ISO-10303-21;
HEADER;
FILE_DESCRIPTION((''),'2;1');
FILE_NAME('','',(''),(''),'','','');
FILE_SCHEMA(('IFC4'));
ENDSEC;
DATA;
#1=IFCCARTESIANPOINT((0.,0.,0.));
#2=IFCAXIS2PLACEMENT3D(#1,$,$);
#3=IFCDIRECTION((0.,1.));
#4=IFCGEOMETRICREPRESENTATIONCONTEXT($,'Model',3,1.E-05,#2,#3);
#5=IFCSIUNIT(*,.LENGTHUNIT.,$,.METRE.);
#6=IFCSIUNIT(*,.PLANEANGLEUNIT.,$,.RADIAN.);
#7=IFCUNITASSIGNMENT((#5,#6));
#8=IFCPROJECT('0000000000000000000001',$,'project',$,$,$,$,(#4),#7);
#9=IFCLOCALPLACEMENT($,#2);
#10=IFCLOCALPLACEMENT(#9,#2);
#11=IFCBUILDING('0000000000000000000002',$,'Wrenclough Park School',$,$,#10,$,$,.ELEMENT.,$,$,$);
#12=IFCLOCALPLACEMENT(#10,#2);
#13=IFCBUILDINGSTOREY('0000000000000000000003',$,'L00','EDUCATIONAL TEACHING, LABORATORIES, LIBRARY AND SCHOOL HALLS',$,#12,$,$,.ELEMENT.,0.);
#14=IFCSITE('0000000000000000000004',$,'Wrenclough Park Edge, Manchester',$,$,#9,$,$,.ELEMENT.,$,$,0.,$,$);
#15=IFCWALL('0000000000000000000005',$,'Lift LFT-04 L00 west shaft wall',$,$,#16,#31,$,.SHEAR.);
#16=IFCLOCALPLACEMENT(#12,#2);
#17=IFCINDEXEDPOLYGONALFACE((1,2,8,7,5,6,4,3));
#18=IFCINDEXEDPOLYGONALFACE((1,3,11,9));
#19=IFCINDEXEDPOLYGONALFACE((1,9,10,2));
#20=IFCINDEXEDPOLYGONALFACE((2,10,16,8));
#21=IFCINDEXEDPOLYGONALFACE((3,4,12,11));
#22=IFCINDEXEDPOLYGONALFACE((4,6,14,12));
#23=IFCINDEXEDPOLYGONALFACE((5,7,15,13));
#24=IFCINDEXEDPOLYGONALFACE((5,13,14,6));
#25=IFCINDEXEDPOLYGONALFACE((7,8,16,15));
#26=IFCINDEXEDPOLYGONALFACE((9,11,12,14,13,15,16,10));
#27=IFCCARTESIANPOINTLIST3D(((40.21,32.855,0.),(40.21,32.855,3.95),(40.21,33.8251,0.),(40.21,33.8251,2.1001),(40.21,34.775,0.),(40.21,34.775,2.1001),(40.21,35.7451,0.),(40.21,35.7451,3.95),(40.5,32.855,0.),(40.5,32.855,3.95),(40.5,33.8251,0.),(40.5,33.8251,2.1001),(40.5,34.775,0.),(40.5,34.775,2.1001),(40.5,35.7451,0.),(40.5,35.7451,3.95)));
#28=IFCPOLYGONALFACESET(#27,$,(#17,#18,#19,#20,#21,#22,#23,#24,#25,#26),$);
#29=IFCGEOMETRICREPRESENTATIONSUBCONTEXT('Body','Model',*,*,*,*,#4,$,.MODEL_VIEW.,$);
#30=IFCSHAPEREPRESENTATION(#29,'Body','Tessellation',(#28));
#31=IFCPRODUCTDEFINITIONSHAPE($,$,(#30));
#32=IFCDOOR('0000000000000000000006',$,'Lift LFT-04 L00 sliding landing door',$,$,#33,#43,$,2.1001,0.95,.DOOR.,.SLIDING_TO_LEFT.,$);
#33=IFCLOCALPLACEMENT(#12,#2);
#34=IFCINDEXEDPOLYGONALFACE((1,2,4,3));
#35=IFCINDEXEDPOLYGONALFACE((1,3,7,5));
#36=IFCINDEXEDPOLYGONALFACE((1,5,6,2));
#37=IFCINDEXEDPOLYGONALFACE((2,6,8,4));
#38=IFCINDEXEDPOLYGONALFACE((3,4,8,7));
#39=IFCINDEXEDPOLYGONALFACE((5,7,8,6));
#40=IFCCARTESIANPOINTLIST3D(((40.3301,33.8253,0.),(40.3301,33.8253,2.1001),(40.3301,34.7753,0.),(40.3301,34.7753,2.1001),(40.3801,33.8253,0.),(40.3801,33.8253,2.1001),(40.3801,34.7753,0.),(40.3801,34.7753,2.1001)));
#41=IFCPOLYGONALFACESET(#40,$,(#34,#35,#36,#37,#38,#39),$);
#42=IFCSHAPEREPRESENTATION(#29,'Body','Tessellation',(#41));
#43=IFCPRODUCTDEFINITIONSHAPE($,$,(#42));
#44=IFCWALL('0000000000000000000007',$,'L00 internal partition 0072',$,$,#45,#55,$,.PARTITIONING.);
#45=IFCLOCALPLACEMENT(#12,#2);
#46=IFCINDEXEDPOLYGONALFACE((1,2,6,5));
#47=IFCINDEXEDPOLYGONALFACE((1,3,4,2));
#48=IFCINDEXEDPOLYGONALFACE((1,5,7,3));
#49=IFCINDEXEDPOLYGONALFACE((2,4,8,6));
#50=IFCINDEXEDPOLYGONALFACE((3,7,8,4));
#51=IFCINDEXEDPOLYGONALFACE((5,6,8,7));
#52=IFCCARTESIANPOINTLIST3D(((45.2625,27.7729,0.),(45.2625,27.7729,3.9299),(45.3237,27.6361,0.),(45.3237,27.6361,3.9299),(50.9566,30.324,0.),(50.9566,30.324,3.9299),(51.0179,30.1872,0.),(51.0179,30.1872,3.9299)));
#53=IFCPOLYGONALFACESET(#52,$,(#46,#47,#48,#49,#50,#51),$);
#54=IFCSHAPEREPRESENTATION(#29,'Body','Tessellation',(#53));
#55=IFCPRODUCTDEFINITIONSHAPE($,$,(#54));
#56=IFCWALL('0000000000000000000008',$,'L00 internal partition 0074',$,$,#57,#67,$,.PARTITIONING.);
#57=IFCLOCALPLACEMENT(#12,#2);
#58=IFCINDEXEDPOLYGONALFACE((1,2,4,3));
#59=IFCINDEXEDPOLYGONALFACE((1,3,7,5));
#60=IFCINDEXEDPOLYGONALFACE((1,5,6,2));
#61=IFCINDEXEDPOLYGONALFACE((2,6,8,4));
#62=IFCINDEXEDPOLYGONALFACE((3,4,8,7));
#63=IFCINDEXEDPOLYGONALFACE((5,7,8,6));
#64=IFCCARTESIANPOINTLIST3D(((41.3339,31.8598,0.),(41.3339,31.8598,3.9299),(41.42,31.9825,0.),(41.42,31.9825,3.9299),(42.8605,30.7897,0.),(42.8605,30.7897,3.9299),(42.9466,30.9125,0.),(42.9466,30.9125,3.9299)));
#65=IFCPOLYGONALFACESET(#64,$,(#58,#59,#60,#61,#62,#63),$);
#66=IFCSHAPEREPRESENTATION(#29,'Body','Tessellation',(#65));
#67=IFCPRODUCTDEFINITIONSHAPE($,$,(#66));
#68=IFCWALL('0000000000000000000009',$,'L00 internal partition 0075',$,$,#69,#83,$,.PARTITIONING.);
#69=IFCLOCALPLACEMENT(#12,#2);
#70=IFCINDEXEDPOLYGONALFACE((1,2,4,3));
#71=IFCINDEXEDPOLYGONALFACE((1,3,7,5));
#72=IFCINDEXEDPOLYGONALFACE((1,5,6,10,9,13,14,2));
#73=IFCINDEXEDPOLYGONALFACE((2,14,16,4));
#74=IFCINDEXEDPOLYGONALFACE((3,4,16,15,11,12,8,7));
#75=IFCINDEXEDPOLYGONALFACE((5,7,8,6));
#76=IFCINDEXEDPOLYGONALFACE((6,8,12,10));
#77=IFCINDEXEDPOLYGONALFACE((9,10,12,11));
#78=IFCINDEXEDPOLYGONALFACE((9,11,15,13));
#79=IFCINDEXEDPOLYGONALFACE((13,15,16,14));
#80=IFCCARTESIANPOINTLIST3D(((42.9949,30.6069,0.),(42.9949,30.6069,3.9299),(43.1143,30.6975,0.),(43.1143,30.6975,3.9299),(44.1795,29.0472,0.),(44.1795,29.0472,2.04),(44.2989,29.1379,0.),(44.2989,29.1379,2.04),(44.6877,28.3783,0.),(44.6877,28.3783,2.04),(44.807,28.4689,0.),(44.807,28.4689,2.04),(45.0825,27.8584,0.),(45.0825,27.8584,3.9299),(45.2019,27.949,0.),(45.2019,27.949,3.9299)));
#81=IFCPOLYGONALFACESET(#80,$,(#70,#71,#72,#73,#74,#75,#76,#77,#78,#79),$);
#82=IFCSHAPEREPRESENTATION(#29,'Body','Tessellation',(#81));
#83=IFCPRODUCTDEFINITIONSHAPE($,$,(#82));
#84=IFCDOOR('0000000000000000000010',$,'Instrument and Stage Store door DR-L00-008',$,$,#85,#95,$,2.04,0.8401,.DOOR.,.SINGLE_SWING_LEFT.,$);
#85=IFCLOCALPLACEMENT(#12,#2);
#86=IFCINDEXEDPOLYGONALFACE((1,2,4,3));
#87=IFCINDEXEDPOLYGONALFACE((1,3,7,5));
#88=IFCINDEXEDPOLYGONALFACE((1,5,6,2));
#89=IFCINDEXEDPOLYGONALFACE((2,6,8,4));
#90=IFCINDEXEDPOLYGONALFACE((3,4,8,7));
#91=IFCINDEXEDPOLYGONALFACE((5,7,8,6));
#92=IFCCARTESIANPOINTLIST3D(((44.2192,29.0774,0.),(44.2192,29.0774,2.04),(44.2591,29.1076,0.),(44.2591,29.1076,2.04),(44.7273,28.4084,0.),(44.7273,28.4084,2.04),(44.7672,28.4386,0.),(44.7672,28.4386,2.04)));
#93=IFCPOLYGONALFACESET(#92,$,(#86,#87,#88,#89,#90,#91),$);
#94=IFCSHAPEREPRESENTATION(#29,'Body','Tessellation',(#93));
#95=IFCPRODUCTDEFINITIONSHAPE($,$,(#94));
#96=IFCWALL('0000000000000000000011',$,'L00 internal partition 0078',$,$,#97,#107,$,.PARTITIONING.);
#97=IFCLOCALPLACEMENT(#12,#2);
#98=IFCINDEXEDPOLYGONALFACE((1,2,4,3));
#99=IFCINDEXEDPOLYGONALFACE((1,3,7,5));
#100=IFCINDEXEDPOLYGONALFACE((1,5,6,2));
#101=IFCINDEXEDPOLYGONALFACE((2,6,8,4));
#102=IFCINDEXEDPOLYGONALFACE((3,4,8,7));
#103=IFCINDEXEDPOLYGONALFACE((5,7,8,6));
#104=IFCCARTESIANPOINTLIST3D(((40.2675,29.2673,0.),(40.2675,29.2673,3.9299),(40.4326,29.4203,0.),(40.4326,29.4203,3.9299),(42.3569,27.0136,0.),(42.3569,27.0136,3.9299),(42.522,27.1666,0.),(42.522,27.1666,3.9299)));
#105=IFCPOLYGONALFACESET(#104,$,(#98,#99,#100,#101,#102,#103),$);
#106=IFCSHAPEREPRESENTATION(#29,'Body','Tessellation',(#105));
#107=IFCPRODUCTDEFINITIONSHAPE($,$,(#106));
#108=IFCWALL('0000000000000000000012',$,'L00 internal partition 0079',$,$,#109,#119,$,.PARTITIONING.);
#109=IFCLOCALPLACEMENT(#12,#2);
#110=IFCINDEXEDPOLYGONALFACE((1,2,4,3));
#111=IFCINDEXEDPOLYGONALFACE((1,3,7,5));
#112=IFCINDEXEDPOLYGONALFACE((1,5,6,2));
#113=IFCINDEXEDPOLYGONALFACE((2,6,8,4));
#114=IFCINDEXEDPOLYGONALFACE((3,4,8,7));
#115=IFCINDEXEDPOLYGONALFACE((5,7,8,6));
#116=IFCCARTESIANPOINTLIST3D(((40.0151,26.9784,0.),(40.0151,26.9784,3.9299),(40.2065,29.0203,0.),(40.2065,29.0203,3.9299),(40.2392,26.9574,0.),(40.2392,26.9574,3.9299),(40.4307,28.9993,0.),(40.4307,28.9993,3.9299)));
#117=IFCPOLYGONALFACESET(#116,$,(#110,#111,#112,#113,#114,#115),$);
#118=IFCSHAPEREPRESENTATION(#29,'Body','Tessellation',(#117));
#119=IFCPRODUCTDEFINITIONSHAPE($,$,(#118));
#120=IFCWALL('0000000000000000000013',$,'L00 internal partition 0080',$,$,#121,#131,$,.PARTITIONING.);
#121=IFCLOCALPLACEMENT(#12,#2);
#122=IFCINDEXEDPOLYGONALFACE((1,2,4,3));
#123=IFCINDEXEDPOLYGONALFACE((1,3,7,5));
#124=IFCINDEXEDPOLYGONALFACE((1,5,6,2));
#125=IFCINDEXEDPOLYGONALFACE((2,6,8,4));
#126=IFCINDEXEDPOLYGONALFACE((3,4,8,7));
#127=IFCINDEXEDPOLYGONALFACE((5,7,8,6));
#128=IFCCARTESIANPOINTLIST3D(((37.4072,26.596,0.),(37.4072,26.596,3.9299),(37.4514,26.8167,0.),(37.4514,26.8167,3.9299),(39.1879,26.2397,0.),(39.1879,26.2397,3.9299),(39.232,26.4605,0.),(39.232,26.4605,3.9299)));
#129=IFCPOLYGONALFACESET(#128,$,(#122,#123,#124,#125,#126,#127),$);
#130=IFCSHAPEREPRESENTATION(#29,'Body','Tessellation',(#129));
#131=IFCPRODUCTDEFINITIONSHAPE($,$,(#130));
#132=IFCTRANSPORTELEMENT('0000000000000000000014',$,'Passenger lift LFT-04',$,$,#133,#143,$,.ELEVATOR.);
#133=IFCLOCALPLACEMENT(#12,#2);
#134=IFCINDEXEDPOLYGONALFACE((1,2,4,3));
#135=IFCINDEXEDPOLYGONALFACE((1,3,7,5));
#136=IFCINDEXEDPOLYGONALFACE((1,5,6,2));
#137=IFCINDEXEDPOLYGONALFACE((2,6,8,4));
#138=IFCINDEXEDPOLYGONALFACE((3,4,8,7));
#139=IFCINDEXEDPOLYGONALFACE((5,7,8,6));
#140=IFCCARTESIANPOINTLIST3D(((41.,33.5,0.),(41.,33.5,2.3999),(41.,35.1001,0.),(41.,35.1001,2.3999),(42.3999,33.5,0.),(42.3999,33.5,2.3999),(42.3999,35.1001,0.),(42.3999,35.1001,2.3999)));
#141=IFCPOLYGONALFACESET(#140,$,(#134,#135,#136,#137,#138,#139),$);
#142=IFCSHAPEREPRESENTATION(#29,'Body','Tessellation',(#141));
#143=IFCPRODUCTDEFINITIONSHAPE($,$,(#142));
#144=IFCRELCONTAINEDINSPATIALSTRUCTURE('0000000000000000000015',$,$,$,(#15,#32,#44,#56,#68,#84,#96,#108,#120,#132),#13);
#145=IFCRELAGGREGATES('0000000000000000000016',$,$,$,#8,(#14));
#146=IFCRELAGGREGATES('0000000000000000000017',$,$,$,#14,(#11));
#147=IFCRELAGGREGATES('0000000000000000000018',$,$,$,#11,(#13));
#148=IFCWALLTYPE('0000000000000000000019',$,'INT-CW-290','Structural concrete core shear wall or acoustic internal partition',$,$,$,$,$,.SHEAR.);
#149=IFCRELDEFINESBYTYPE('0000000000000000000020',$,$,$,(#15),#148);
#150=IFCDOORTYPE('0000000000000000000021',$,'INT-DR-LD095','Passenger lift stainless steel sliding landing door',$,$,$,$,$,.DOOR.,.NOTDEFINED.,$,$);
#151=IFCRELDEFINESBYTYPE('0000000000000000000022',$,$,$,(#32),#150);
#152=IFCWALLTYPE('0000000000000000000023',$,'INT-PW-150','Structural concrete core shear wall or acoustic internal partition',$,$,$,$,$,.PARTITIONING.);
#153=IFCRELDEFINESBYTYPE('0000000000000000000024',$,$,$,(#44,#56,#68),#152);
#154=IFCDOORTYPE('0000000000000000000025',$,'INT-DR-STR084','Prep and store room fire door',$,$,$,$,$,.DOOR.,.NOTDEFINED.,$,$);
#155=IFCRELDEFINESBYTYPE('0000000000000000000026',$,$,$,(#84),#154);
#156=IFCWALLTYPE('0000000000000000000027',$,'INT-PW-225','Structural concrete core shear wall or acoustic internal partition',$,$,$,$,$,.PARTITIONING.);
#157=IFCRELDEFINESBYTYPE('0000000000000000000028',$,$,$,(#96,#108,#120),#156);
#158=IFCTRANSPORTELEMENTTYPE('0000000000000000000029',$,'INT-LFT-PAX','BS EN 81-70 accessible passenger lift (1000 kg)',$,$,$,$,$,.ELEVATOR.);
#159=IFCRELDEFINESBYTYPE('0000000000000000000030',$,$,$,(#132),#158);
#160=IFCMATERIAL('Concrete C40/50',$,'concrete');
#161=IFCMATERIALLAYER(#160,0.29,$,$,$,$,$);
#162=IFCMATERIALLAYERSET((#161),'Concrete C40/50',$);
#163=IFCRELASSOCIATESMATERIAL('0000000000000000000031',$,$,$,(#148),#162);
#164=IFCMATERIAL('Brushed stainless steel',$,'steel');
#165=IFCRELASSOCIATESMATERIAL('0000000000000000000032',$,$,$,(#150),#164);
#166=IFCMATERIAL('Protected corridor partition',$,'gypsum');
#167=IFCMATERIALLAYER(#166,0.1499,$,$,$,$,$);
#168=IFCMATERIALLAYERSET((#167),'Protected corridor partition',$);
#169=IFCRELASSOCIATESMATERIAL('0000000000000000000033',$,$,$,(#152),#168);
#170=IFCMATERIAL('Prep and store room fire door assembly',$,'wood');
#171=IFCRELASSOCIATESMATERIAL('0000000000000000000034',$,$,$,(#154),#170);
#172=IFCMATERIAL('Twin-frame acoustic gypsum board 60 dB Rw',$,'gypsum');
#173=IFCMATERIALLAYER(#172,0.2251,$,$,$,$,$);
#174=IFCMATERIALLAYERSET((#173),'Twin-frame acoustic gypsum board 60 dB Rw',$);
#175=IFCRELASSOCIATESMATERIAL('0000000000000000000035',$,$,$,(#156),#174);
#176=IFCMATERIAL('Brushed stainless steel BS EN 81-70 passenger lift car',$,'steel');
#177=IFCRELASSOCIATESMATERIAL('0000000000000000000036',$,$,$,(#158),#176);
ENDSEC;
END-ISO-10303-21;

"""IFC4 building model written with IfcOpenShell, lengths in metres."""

from ifc_helpers import new_model, si_unit, direction, frame, frame_2d, origin, origin_2d, place, context, subcontext, project, spatial, rectangle, extrude, material, layer, layer_set, type_object, element, fill, save


model = new_model("IFC4")

# Units and contexts
model_context = context("Model", 3, precision=1e-05, world=origin(), true_north=direction((0.0, 1.0)))
body_context = subcontext(model_context, "Body", "Model", "MODEL_VIEW")
ifc_project = project(units=[si_unit("LENGTHUNIT", "METRE"), si_unit("PLANEANGLEUNIT", "RADIAN")], contexts=[model_context])

# Site, building, storey
site_placement = place(None, origin())
site = spatial("IfcSite", under=ifc_project, at=site_placement, Name="Wrenclough Park Edge, Manchester", CompositionType="ELEMENT", RefElevation=0.0)
building_placement = place(site_placement, origin())
building = spatial("IfcBuilding", under=site, at=building_placement, Name="Wrenclough Park School", CompositionType="ELEMENT")
storey_placement = place(building_placement, origin())
storey = spatial("IfcBuildingStorey", under=building, at=storey_placement, Name="L00", Description="EDUCATIONAL TEACHING, LABORATORIES, LIBRARY AND SCHOOL HALLS", CompositionType="ELEMENT", Elevation=0.0)

# Shared definitions
ifc_material_1 = material(Name="Concrete C40/50", Category="concrete")
ifc_layer_1 = layer(ifc_material_1, 0.29)
ifc_layer_set_1 = layer_set([ifc_layer_1], Name="Concrete C40/50")
wall_type_1 = type_object("IfcWallType", Name="INT-CW-290", Description="Structural concrete core shear wall or acoustic internal partition", PredefinedType="SHEAR", material=ifc_layer_set_1)

# Wall, opening, door
wall_1_placement = place(storey_placement, frame((40.355, 35.7451, 0.0), z_axis=(0.0, 0.0, 1.0), x_axis=(0.0, -1.0, 0.0)))
wall_1 = element("IfcWall", 1, at=wall_1_placement, inside=storey, type_object=wall_type_1, Name="Lift LFT-04 L00 west shaft wall", PredefinedType="SHEAR", context=body_context, shape_type="SweptSolid", body=[
    extrude(rectangle(XDim=2.8901, YDim=0.29, at=frame_2d((1.4451, 0.0))), origin(), (0.0, 0.0, 1.0), 3.95),
])
opening_1_placement = place(wall_1_placement, frame((0.97, 0.0, 0.0)))
opening_1 = element("IfcOpeningElement", 2, at=opening_1_placement, cuts=wall_1, PredefinedType="OPENING", context=body_context, shape_type="SweptSolid", body=[
    extrude(rectangle(XDim=0.95, YDim=2.1001, at=frame_2d((0.4751, 1.05))), frame((0.0, 0.155, 0.0), z_axis=(0.0, -1.0, 0.0), x_axis=(1.0, 0.0, 0.0)), (0.0, 0.0, 1.0), 0.3101),
])
ifc_material_2 = material(Name="Brushed stainless steel", Category="steel")
door_type_1 = type_object("IfcDoorType", Name="INT-DR-LD095", Description="Passenger lift stainless steel sliding landing door", OperationType="NOTDEFINED", PredefinedType="DOOR", material=ifc_material_2)
door_1_placement = place(opening_1_placement, frame((0.95, 0.0, 0.0), z_axis=(0.0, 0.0, 1.0), x_axis=(-1.0, 0.0, 0.0)))
door_1 = element("IfcDoor", 3, at=door_1_placement, inside=storey, type_object=door_type_1, Name="Lift LFT-04 L00 sliding landing door", OperationType="SLIDING_TO_LEFT", OverallHeight=2.1001, OverallWidth=0.95, PredefinedType="DOOR", context=body_context, shape_type="SweptSolid", body=[
    extrude(rectangle(XDim=0.95, YDim=2.1001, at=frame_2d((0.4751, 1.05))), frame((0.0, 0.0249, 0.0), z_axis=(0.0, -1.0, 0.0), x_axis=(1.0, 0.0, 0.0)), (0.0, 0.0, 1.0), 0.05),
])
fill(opening_1, door_1)

# Walls
ifc_material_3 = material(Name="Protected corridor partition", Category="gypsum")
ifc_layer_2 = layer(ifc_material_3, 0.1499)
ifc_layer_set_2 = layer_set([ifc_layer_2], Name="Protected corridor partition")
wall_type_2 = type_object("IfcWallType", Name="INT-PW-150", Description="Structural concrete core shear wall or acoustic internal partition", PredefinedType="PARTITIONING", material=ifc_layer_set_2)
wall_2_placement = place(storey_placement, frame((45.2932, 27.7046, 0.0), z_axis=(0.0, 0.0, 1.0), x_axis=(0.912599, 0.408856, 0.0)))
element("IfcWall", 4, at=wall_2_placement, inside=storey, type_object=wall_type_2, Name="L00 internal partition 0072", PredefinedType="PARTITIONING", context=body_context, shape_type="SweptSolid", body=[
    extrude(rectangle(XDim=6.2395, YDim=0.1499, at=frame_2d((3.1196, 0.0))), origin(), (0.0, 0.0, 1.0), 3.9299),
])
wall_3_placement = place(storey_placement, frame((41.377, 31.9211, 0.0), z_axis=(0.0, 0.0, 1.0), x_axis=(0.818869, -0.573981, 0.0)))
element("IfcWall", 5, at=wall_3_placement, inside=storey, type_object=wall_type_2, Name="L00 internal partition 0074", PredefinedType="PARTITIONING", context=body_context, shape_type="SweptSolid", body=[
    extrude(rectangle(XDim=1.8643, YDim=0.1499, at=frame_2d((0.9321, 0.0))), origin(), (0.0, 0.0, 1.0), 3.9299),
])

# Wall, opening, door
wall_4_placement = place(storey_placement, frame((43.0547, 30.6521, 0.0), z_axis=(0.0, 0.0, 1.0), x_axis=(0.604855, -0.796335, 0.0)))
wall_4 = element("IfcWall", 6, at=wall_4_placement, inside=storey, type_object=wall_type_2, Name="L00 internal partition 0075", PredefinedType="PARTITIONING", context=body_context, shape_type="SweptSolid", body=[
    extrude(rectangle(XDim=3.4514, YDim=0.1499, at=frame_2d((1.7256, 0.0))), origin(), (0.0, 0.0, 1.0), 3.9299),
])
opening_2_placement = place(wall_4_placement, frame((1.9585, 0.0, 0.0)))
opening_2 = element("IfcOpeningElement", 7, at=opening_2_placement, cuts=wall_4, PredefinedType="OPENING", context=body_context, shape_type="SweptSolid", body=[
    extrude(rectangle(XDim=0.8401, YDim=2.04, at=frame_2d((0.4199, 1.02))), frame((0.0, 0.085, 0.0), z_axis=(0.0, -1.0, 0.0), x_axis=(1.0, 0.0, 0.0)), (0.0, 0.0, 1.0), 0.1699),
])
ifc_material_4 = material(Name="Prep and store room fire door assembly", Category="wood")
door_type_2 = type_object("IfcDoorType", Name="INT-DR-STR084", Description="Prep and store room fire door", OperationType="NOTDEFINED", PredefinedType="DOOR", material=ifc_material_4)
door_2_placement = place(opening_2_placement, origin())
door_2 = element("IfcDoor", 8, at=door_2_placement, inside=storey, type_object=door_type_2, Name="Instrument and Stage Store door DR-L00-008", OperationType="SINGLE_SWING_LEFT", OverallHeight=2.04, OverallWidth=0.8401, PredefinedType="DOOR", context=body_context, shape_type="SweptSolid", body=[
    extrude(rectangle(XDim=0.8401, YDim=2.04, at=frame_2d((0.4199, 1.02))), frame((0.0, 0.0249, 0.0), z_axis=(0.0, -1.0, 0.0), x_axis=(1.0, 0.0, 0.0)), (0.0, 0.0, 1.0), 0.05),
])
fill(opening_2, door_2)

# Walls
ifc_material_5 = material(Name="Twin-frame acoustic gypsum board 60 dB Rw", Category="gypsum")
ifc_layer_3 = layer(ifc_material_5, 0.2251)
ifc_layer_set_3 = layer_set([ifc_layer_3], Name="Twin-frame acoustic gypsum board 60 dB Rw")
wall_type_3 = type_object("IfcWallType", Name="INT-PW-225", Description="Structural concrete core shear wall or acoustic internal partition", PredefinedType="PARTITIONING", material=ifc_layer_set_3)
wall_5_placement = place(storey_placement, frame((42.4395, 27.0901, 0.0), z_axis=(0.0, 0.0, 1.0), x_axis=(-0.679869, 0.733334, 0.0)))
element("IfcWall", 9, at=wall_5_placement, inside=storey, type_object=wall_type_3, Name="L00 internal partition 0078", PredefinedType="PARTITIONING", context=body_context, shape_type="SweptSolid", body=[
    extrude(rectangle(XDim=3.0732, YDim=0.2251, at=frame_2d((1.5366, 0.0))), origin(), (0.0, 0.0, 1.0), 3.9299),
])
wall_6_placement = place(storey_placement, frame((40.3186, 29.0098, 0.0), z_axis=(0.0, 0.0, 1.0), x_axis=(-0.093337, -0.995635, 0.0)))
element("IfcWall", 10, at=wall_6_placement, inside=storey, type_object=wall_type_3, Name="L00 internal partition 0079", PredefinedType="PARTITIONING", context=body_context, shape_type="SweptSolid", body=[
    extrude(rectangle(XDim=2.0508, YDim=0.2251, at=frame_2d((1.0254, 0.0))), origin(), (0.0, 0.0, 1.0), 3.9299),
])
wall_7_placement = place(storey_placement, frame((39.21, 26.3501, 0.0), z_axis=(0.0, 0.0, 1.0), x_axis=(-0.98057, 0.196168, 0.0)))
element("IfcWall", 11, at=wall_7_placement, inside=storey, type_object=wall_type_3, Name="L00 internal partition 0080", PredefinedType="PARTITIONING", context=body_context, shape_type="SweptSolid", body=[
    extrude(rectangle(XDim=1.8159, YDim=0.2251, at=frame_2d((0.908, 0.0))), origin(), (0.0, 0.0, 1.0), 3.9299),
])

# Transport element
ifc_material_6 = material(Name="Brushed stainless steel BS EN 81-70 passenger lift car", Category="steel")
transport_element_type = type_object("IfcTransportElementType", Name="INT-LFT-PAX", Description="BS EN 81-70 accessible passenger lift (1000 kg)", PredefinedType="ELEVATOR", material=ifc_material_6)
transport_element_placement = place(storey_placement, frame((41.7, 34.3, 0.0), z_axis=(0.0, 0.0, 1.0), x_axis=(1.0, 0.0, 0.0)))
element("IfcTransportElement", 12, at=transport_element_placement, inside=storey, type_object=transport_element_type, Name="Passenger lift LFT-04", PredefinedType="ELEVATOR", context=body_context, shape_type="SweptSolid", body=[
    extrude(rectangle(XDim=1.3999, YDim=1.6001, at=origin_2d()), origin(), (0.0, 0.0, 1.0), 2.3999),
])

save(model, "model.ifc")
